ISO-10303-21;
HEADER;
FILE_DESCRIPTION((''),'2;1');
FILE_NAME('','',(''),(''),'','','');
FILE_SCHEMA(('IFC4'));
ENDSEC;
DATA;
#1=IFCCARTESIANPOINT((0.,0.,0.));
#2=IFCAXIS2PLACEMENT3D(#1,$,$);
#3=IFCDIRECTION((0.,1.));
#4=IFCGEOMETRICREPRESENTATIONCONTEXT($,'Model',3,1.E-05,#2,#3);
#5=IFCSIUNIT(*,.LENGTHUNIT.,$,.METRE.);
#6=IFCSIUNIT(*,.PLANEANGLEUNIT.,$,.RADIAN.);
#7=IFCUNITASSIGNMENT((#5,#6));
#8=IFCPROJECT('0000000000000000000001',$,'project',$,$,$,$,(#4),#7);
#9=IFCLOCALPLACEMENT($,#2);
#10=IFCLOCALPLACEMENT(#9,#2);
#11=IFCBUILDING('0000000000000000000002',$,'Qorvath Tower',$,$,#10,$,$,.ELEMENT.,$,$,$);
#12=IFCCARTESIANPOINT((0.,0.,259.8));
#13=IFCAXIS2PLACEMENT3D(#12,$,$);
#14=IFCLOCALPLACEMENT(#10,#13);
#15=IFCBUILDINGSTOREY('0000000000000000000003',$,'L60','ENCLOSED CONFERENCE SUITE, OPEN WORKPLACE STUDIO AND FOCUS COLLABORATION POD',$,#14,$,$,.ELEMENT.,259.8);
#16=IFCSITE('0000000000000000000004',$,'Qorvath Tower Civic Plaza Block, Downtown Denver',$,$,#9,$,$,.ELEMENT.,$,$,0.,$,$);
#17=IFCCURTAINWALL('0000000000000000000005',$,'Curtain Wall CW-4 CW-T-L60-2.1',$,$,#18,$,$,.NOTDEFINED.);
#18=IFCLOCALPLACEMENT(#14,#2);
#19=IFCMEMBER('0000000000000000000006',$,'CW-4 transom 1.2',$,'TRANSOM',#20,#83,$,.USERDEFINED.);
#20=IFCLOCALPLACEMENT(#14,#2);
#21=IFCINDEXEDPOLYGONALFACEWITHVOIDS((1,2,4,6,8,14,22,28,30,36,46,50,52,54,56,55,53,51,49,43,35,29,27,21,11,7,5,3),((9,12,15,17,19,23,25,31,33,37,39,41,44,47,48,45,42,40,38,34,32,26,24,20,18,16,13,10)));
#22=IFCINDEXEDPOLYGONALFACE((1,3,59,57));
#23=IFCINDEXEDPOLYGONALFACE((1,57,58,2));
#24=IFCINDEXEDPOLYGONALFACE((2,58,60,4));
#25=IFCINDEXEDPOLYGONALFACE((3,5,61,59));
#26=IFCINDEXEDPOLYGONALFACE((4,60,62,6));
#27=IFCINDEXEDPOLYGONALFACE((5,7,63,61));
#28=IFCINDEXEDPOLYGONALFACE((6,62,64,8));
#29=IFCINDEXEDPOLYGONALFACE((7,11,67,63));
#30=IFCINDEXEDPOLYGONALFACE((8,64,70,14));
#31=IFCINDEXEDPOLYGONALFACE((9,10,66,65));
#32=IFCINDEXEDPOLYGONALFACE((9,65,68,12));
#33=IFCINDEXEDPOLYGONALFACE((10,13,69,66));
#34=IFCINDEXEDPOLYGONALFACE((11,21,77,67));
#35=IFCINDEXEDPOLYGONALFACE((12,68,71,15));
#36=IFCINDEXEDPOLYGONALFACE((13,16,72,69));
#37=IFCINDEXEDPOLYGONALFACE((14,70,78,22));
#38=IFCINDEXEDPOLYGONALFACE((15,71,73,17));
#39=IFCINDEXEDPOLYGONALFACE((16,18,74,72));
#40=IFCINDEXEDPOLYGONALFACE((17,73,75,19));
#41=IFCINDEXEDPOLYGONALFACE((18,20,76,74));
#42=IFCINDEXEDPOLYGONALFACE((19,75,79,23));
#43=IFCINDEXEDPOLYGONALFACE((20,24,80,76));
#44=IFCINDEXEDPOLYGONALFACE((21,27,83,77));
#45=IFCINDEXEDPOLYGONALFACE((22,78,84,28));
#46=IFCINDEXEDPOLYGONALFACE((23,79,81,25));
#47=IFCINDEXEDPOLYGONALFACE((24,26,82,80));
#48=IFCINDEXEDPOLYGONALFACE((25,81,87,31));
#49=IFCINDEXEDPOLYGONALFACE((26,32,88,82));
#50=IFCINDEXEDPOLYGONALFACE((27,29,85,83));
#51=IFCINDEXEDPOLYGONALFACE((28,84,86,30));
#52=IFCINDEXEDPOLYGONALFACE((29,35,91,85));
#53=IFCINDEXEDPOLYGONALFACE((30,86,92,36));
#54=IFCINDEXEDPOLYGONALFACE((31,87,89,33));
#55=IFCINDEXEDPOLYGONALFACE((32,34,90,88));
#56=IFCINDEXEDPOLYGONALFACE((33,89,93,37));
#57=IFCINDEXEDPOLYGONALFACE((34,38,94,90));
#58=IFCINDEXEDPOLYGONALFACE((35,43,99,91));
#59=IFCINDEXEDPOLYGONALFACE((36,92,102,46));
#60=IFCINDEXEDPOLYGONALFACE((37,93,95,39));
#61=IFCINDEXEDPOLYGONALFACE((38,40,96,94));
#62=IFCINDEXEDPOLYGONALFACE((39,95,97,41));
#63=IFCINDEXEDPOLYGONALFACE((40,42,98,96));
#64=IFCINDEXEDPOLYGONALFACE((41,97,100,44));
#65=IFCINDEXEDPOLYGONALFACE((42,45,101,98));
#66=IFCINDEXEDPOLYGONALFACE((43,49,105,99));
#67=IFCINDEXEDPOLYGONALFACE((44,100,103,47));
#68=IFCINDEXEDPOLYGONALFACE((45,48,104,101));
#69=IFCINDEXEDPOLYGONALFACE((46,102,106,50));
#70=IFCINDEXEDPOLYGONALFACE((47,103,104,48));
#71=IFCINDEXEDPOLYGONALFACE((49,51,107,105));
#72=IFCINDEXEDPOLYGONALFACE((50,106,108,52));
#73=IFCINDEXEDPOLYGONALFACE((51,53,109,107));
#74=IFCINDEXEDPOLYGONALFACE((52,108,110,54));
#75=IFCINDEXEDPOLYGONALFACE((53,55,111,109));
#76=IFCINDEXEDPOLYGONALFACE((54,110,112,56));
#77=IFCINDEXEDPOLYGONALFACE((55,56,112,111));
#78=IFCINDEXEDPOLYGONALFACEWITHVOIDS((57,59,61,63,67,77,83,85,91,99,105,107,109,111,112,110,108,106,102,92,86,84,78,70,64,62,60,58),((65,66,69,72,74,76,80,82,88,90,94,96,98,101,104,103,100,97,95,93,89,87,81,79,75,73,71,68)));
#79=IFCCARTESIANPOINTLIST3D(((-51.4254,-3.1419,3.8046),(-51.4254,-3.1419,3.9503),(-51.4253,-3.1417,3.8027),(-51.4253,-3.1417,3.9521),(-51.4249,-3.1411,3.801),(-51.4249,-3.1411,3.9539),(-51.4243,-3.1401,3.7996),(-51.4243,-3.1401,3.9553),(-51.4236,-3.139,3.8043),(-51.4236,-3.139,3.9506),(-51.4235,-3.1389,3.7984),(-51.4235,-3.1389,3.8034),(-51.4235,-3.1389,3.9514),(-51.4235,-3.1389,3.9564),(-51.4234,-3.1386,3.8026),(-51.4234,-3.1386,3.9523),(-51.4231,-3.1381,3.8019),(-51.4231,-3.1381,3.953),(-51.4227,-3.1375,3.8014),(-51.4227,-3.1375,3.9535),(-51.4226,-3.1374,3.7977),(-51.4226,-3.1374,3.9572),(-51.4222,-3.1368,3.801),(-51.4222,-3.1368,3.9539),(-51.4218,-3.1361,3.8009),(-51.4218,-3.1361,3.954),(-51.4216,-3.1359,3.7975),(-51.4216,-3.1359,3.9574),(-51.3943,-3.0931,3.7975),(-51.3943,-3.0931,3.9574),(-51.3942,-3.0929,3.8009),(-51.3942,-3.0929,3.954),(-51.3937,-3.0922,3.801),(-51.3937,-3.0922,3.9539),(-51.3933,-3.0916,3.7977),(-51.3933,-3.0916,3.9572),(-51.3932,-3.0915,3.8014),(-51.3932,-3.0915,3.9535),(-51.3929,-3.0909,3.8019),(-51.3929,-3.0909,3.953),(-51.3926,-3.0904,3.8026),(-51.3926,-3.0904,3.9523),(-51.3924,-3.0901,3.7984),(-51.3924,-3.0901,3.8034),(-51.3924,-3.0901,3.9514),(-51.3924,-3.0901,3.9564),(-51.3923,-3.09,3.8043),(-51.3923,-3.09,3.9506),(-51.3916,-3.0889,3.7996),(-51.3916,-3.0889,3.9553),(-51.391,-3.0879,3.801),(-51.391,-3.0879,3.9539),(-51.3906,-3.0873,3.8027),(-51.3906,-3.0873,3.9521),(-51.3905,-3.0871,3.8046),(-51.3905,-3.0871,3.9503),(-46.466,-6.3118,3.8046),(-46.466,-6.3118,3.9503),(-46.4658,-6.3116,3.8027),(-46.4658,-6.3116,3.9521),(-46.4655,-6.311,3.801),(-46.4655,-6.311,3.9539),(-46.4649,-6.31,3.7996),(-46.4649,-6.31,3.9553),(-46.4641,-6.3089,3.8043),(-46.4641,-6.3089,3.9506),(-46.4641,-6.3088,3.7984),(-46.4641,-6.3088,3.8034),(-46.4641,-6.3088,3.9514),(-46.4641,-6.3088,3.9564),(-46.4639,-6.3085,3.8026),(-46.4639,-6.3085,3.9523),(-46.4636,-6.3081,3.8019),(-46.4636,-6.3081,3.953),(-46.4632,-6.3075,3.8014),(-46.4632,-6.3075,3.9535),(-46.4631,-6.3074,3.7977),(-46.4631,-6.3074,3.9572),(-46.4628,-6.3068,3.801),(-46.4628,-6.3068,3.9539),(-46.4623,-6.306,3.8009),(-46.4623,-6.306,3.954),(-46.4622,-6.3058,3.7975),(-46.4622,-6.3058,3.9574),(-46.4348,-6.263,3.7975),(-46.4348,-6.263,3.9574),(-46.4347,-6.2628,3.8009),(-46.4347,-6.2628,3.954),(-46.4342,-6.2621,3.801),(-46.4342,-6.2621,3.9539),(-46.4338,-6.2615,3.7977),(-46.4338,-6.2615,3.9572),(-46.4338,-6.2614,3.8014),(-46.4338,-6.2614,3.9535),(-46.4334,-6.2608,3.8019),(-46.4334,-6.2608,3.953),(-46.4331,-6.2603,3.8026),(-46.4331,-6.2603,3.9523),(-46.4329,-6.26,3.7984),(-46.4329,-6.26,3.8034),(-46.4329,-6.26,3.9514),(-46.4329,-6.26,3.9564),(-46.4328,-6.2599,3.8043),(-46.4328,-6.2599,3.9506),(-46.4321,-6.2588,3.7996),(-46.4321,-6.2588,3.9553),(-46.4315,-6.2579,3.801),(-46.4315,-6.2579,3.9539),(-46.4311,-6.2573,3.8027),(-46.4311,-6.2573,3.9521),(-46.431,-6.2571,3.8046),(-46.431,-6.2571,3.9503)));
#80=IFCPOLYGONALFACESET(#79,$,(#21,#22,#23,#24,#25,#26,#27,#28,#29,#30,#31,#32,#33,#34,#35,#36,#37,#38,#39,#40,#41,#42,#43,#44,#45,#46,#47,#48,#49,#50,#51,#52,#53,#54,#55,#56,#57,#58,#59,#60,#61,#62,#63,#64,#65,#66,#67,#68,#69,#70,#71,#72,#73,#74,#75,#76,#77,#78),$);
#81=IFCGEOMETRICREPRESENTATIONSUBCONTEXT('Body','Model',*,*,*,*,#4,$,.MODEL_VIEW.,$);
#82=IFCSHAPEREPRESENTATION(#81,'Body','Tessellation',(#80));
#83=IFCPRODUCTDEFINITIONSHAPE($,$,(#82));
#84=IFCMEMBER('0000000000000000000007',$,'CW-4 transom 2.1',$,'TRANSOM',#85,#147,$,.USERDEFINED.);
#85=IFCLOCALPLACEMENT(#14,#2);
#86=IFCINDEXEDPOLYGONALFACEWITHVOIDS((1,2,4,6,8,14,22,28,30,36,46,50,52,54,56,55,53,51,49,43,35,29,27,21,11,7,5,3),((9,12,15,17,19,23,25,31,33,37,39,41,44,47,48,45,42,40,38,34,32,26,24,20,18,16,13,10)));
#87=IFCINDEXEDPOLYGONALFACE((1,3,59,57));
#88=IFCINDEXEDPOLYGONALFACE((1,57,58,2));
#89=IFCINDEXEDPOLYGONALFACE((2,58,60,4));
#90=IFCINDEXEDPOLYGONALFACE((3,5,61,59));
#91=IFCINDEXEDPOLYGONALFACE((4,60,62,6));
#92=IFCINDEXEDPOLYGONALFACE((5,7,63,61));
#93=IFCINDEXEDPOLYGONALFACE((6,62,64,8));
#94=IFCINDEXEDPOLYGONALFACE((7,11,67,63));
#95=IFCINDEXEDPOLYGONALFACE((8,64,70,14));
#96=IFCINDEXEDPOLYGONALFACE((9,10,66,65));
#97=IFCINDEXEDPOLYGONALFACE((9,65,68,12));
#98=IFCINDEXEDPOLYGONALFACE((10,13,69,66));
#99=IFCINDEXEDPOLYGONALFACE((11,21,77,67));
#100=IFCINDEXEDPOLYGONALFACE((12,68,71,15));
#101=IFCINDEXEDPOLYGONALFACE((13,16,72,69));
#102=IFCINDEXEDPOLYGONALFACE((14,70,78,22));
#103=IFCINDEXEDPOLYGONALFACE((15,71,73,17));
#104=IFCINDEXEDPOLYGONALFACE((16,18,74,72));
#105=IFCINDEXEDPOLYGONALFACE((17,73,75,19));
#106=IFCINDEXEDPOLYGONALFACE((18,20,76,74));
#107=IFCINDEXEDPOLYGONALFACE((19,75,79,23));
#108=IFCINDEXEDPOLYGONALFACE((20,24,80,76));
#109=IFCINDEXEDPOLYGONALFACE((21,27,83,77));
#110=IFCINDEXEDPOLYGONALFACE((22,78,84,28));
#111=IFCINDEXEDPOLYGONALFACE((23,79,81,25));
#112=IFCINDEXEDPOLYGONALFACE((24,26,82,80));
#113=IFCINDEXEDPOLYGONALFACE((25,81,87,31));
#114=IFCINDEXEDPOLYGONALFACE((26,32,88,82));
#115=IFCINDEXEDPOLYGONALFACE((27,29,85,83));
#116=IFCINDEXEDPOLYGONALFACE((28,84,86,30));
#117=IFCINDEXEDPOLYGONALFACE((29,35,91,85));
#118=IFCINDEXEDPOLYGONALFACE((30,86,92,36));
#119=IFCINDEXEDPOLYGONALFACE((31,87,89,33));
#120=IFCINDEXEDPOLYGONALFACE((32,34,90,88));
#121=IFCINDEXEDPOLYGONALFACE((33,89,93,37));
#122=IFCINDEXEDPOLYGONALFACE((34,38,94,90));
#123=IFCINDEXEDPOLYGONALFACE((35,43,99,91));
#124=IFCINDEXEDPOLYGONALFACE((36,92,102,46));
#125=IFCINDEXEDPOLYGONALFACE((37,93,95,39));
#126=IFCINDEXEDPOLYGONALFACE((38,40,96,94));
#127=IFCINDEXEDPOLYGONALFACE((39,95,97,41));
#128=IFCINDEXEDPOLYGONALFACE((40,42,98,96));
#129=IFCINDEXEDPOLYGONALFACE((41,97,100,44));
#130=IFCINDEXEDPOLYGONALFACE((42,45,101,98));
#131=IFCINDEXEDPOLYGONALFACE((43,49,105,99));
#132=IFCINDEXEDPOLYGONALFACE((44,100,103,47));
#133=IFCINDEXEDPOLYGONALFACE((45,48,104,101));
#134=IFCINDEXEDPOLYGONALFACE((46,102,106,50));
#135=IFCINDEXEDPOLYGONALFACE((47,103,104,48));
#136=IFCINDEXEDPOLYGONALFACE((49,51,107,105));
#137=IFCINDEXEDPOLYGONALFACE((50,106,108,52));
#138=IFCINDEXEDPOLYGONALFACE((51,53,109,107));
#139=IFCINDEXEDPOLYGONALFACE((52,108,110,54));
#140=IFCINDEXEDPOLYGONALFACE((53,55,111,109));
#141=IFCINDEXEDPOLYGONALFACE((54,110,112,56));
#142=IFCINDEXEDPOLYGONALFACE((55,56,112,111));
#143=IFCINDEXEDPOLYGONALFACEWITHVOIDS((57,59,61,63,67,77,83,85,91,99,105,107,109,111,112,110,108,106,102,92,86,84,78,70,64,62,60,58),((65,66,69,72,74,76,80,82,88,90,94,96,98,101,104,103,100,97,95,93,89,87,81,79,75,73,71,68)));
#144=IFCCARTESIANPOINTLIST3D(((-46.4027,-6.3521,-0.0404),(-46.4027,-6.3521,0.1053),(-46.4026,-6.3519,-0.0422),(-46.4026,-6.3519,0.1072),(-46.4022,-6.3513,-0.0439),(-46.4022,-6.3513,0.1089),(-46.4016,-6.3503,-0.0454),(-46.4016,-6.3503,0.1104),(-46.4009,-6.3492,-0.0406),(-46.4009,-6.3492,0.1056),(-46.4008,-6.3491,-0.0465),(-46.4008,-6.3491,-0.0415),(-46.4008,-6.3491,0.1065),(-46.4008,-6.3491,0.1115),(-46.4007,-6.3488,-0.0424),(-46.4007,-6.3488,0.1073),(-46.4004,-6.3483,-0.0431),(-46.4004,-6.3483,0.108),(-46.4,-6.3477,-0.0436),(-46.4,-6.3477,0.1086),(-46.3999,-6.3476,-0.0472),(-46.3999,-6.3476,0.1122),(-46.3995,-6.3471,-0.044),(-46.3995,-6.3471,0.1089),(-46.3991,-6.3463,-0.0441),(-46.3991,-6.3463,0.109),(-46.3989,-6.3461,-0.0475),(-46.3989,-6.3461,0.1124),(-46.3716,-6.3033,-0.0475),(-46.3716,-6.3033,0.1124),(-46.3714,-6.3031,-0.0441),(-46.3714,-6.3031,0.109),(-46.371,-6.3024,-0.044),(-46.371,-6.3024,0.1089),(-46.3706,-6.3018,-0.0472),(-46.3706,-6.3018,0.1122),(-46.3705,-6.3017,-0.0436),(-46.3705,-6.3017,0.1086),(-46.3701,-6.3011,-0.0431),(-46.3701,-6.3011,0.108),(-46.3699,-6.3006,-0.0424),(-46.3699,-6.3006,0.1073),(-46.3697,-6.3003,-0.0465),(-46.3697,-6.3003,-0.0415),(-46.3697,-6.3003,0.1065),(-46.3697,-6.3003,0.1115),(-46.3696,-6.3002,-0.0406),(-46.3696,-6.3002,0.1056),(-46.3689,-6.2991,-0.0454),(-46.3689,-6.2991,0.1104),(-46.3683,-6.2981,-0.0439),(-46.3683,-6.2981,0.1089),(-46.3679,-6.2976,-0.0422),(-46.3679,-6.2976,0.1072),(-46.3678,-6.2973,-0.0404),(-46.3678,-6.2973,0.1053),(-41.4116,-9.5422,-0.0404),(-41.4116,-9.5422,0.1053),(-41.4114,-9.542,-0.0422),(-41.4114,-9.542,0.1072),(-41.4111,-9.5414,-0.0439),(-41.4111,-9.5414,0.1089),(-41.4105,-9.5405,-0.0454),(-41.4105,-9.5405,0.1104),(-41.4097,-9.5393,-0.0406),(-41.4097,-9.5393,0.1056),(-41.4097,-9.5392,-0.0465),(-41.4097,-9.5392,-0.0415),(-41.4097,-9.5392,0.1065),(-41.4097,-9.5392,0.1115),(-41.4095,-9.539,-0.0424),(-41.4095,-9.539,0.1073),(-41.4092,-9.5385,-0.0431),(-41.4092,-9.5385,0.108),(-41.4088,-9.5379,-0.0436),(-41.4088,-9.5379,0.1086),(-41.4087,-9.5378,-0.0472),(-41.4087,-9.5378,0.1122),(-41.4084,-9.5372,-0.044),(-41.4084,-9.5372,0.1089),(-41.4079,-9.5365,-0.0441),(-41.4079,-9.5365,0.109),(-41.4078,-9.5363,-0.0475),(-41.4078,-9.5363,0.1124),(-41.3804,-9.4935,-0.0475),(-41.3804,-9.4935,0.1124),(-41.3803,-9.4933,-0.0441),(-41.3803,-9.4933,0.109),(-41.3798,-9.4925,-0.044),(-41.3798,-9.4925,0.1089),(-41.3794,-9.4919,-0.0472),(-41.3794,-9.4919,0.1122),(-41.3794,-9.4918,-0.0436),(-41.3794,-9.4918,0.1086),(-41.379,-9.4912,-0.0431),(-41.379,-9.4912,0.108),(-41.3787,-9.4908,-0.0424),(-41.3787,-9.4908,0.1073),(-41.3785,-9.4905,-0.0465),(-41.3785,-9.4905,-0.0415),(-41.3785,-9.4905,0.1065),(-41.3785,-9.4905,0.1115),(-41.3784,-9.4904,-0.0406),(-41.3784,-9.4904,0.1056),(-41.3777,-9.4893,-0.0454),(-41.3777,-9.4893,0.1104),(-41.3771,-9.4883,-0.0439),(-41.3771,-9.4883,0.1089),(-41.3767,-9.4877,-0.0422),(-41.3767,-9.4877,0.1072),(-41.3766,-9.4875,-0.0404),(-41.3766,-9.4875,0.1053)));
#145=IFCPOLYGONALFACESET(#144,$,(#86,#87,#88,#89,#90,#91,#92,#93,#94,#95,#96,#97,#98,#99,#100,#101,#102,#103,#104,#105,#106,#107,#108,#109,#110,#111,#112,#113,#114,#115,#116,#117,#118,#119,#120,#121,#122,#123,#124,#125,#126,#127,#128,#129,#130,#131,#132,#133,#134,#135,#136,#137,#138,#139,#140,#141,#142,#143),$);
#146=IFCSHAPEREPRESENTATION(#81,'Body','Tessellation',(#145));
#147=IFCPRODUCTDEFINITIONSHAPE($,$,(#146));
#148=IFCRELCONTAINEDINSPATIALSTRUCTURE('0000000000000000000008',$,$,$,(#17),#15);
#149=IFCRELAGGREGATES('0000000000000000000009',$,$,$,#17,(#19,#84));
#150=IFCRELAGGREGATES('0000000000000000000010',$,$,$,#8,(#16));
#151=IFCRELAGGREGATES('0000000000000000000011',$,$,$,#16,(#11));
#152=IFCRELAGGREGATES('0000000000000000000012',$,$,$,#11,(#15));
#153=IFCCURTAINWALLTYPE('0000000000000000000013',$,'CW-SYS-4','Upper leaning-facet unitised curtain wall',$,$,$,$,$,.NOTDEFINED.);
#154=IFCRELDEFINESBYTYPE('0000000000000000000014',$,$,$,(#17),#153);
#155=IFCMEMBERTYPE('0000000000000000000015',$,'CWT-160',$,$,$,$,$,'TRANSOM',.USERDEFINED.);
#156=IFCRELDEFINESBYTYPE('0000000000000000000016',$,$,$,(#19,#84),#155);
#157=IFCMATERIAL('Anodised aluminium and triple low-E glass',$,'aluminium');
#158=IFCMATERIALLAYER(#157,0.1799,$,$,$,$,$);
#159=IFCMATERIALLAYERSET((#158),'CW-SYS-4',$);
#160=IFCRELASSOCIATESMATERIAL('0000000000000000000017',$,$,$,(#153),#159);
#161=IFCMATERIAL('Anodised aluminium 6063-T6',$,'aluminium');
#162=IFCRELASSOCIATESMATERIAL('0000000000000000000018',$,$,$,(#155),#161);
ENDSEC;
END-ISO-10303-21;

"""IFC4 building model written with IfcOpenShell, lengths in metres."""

from ifc_helpers import new_model, si_unit, direction, frame, origin, origin_2d, place, context, subcontext, project, spatial, hollow_rectangle, extrude, material, layer, layer_set, material_profile, profile_set, type_object, element, aggregate, save


model = new_model("IFC4")

# Units and contexts
model_context = context("Model", 3, precision=1e-05, world=origin(), true_north=direction((0.0, 1.0)))
body_context = subcontext(model_context, "Body", "Model", "MODEL_VIEW")
ifc_project = project(units=[si_unit("LENGTHUNIT", "METRE"), si_unit("PLANEANGLEUNIT", "RADIAN")], contexts=[model_context])

# Site, building, storey
site_placement = place(None, origin())
site = spatial("IfcSite", under=ifc_project, at=site_placement, Name="Qorvath Tower Civic Plaza Block, Downtown Denver", CompositionType="ELEMENT", RefElevation=0.0)
building_placement = place(site_placement, origin())
building = spatial("IfcBuilding", under=site, at=building_placement, Name="Qorvath Tower", CompositionType="ELEMENT")
storey_placement = place(building_placement, frame((0.0, 0.0, 259.8)))
storey = spatial("IfcBuildingStorey", under=building, at=storey_placement, Name="L60", Description="ENCLOSED CONFERENCE SUITE, OPEN WORKPLACE STUDIO AND FOCUS COLLABORATION POD", CompositionType="ELEMENT", Elevation=259.8)

# Curtain wall, members
ifc_material_1 = material(Name="Anodised aluminium and triple low-E glass", Category="aluminium")
ifc_layer_1 = layer(ifc_material_1, 0.1799)
ifc_layer_set_1 = layer_set([ifc_layer_1], Name="CW-SYS-4")
curtain_wall_type = type_object("IfcCurtainWallType", Name="CW-SYS-4", Description="Upper leaning-facet unitised curtain wall", PredefinedType="NOTDEFINED", material=ifc_layer_set_1)
curtain_wall_placement = place(storey_placement, origin())
curtain_wall = element("IfcCurtainWall", 1, at=curtain_wall_placement, inside=storey, type_object=curtain_wall_type, Name="Curtain Wall CW-4 CW-T-L60-2.1", PredefinedType="NOTDEFINED")
ifc_material_2 = material(Name="Anodised aluminium 6063-T6", Category="aluminium")
ifc_material_profile_1 = material_profile(ifc_material_2, hollow_rectangle(XDim=0.0649, YDim=0.1599, WallThickness=0.0034, InnerFilletRadius=0.0034, OuterFilletRadius=0.0071, at=origin_2d()), Name="CWT 160x65")
ifc_profile_set_1 = profile_set([ifc_material_profile_1], Name="Anodised aluminium 6063-T6")
member_type_1 = type_object("IfcMemberType", Name="CWT-160", ElementType="TRANSOM", PredefinedType="USERDEFINED", material=ifc_profile_set_1)
member_1_placement = place(storey_placement, frame((-51.408, -3.1145, 3.8774), z_axis=(0.842591, -0.538555, 0.0), x_axis=(0.538555, 0.842591, 0.0)))
member_1 = element("IfcMember", 2, at=member_1_placement, type_object=member_type_1, Name="CW-4 transom 1.2", ObjectType="TRANSOM", PredefinedType="USERDEFINED", context=body_context, shape_type="SweptSolid", body=[
    extrude(hollow_rectangle(XDim=0.0649, YDim=0.1599, WallThickness=0.0034, InnerFilletRadius=0.0034, OuterFilletRadius=0.0071, at=origin_2d()), origin(), (0.0, 0.0, 1.0), 5.886),
])
member_2_placement = place(storey_placement, frame((-46.3853, -6.3247, 0.0325), z_axis=(0.842592, -0.538552, 0.0), x_axis=(0.538552, 0.842592, 0.0)))
member_2 = element("IfcMember", 3, at=member_2_placement, type_object=member_type_1, Name="CW-4 transom 2.1", ObjectType="TRANSOM", PredefinedType="USERDEFINED", context=body_context, shape_type="SweptSolid", body=[
    extrude(hollow_rectangle(XDim=0.0649, YDim=0.1599, WallThickness=0.0034, InnerFilletRadius=0.0034, OuterFilletRadius=0.0071, at=origin_2d()), origin(), (0.0, 0.0, 1.0), 5.9236),
])
aggregate(curtain_wall, [member_1, member_2])

save(model, "model.ifc")
